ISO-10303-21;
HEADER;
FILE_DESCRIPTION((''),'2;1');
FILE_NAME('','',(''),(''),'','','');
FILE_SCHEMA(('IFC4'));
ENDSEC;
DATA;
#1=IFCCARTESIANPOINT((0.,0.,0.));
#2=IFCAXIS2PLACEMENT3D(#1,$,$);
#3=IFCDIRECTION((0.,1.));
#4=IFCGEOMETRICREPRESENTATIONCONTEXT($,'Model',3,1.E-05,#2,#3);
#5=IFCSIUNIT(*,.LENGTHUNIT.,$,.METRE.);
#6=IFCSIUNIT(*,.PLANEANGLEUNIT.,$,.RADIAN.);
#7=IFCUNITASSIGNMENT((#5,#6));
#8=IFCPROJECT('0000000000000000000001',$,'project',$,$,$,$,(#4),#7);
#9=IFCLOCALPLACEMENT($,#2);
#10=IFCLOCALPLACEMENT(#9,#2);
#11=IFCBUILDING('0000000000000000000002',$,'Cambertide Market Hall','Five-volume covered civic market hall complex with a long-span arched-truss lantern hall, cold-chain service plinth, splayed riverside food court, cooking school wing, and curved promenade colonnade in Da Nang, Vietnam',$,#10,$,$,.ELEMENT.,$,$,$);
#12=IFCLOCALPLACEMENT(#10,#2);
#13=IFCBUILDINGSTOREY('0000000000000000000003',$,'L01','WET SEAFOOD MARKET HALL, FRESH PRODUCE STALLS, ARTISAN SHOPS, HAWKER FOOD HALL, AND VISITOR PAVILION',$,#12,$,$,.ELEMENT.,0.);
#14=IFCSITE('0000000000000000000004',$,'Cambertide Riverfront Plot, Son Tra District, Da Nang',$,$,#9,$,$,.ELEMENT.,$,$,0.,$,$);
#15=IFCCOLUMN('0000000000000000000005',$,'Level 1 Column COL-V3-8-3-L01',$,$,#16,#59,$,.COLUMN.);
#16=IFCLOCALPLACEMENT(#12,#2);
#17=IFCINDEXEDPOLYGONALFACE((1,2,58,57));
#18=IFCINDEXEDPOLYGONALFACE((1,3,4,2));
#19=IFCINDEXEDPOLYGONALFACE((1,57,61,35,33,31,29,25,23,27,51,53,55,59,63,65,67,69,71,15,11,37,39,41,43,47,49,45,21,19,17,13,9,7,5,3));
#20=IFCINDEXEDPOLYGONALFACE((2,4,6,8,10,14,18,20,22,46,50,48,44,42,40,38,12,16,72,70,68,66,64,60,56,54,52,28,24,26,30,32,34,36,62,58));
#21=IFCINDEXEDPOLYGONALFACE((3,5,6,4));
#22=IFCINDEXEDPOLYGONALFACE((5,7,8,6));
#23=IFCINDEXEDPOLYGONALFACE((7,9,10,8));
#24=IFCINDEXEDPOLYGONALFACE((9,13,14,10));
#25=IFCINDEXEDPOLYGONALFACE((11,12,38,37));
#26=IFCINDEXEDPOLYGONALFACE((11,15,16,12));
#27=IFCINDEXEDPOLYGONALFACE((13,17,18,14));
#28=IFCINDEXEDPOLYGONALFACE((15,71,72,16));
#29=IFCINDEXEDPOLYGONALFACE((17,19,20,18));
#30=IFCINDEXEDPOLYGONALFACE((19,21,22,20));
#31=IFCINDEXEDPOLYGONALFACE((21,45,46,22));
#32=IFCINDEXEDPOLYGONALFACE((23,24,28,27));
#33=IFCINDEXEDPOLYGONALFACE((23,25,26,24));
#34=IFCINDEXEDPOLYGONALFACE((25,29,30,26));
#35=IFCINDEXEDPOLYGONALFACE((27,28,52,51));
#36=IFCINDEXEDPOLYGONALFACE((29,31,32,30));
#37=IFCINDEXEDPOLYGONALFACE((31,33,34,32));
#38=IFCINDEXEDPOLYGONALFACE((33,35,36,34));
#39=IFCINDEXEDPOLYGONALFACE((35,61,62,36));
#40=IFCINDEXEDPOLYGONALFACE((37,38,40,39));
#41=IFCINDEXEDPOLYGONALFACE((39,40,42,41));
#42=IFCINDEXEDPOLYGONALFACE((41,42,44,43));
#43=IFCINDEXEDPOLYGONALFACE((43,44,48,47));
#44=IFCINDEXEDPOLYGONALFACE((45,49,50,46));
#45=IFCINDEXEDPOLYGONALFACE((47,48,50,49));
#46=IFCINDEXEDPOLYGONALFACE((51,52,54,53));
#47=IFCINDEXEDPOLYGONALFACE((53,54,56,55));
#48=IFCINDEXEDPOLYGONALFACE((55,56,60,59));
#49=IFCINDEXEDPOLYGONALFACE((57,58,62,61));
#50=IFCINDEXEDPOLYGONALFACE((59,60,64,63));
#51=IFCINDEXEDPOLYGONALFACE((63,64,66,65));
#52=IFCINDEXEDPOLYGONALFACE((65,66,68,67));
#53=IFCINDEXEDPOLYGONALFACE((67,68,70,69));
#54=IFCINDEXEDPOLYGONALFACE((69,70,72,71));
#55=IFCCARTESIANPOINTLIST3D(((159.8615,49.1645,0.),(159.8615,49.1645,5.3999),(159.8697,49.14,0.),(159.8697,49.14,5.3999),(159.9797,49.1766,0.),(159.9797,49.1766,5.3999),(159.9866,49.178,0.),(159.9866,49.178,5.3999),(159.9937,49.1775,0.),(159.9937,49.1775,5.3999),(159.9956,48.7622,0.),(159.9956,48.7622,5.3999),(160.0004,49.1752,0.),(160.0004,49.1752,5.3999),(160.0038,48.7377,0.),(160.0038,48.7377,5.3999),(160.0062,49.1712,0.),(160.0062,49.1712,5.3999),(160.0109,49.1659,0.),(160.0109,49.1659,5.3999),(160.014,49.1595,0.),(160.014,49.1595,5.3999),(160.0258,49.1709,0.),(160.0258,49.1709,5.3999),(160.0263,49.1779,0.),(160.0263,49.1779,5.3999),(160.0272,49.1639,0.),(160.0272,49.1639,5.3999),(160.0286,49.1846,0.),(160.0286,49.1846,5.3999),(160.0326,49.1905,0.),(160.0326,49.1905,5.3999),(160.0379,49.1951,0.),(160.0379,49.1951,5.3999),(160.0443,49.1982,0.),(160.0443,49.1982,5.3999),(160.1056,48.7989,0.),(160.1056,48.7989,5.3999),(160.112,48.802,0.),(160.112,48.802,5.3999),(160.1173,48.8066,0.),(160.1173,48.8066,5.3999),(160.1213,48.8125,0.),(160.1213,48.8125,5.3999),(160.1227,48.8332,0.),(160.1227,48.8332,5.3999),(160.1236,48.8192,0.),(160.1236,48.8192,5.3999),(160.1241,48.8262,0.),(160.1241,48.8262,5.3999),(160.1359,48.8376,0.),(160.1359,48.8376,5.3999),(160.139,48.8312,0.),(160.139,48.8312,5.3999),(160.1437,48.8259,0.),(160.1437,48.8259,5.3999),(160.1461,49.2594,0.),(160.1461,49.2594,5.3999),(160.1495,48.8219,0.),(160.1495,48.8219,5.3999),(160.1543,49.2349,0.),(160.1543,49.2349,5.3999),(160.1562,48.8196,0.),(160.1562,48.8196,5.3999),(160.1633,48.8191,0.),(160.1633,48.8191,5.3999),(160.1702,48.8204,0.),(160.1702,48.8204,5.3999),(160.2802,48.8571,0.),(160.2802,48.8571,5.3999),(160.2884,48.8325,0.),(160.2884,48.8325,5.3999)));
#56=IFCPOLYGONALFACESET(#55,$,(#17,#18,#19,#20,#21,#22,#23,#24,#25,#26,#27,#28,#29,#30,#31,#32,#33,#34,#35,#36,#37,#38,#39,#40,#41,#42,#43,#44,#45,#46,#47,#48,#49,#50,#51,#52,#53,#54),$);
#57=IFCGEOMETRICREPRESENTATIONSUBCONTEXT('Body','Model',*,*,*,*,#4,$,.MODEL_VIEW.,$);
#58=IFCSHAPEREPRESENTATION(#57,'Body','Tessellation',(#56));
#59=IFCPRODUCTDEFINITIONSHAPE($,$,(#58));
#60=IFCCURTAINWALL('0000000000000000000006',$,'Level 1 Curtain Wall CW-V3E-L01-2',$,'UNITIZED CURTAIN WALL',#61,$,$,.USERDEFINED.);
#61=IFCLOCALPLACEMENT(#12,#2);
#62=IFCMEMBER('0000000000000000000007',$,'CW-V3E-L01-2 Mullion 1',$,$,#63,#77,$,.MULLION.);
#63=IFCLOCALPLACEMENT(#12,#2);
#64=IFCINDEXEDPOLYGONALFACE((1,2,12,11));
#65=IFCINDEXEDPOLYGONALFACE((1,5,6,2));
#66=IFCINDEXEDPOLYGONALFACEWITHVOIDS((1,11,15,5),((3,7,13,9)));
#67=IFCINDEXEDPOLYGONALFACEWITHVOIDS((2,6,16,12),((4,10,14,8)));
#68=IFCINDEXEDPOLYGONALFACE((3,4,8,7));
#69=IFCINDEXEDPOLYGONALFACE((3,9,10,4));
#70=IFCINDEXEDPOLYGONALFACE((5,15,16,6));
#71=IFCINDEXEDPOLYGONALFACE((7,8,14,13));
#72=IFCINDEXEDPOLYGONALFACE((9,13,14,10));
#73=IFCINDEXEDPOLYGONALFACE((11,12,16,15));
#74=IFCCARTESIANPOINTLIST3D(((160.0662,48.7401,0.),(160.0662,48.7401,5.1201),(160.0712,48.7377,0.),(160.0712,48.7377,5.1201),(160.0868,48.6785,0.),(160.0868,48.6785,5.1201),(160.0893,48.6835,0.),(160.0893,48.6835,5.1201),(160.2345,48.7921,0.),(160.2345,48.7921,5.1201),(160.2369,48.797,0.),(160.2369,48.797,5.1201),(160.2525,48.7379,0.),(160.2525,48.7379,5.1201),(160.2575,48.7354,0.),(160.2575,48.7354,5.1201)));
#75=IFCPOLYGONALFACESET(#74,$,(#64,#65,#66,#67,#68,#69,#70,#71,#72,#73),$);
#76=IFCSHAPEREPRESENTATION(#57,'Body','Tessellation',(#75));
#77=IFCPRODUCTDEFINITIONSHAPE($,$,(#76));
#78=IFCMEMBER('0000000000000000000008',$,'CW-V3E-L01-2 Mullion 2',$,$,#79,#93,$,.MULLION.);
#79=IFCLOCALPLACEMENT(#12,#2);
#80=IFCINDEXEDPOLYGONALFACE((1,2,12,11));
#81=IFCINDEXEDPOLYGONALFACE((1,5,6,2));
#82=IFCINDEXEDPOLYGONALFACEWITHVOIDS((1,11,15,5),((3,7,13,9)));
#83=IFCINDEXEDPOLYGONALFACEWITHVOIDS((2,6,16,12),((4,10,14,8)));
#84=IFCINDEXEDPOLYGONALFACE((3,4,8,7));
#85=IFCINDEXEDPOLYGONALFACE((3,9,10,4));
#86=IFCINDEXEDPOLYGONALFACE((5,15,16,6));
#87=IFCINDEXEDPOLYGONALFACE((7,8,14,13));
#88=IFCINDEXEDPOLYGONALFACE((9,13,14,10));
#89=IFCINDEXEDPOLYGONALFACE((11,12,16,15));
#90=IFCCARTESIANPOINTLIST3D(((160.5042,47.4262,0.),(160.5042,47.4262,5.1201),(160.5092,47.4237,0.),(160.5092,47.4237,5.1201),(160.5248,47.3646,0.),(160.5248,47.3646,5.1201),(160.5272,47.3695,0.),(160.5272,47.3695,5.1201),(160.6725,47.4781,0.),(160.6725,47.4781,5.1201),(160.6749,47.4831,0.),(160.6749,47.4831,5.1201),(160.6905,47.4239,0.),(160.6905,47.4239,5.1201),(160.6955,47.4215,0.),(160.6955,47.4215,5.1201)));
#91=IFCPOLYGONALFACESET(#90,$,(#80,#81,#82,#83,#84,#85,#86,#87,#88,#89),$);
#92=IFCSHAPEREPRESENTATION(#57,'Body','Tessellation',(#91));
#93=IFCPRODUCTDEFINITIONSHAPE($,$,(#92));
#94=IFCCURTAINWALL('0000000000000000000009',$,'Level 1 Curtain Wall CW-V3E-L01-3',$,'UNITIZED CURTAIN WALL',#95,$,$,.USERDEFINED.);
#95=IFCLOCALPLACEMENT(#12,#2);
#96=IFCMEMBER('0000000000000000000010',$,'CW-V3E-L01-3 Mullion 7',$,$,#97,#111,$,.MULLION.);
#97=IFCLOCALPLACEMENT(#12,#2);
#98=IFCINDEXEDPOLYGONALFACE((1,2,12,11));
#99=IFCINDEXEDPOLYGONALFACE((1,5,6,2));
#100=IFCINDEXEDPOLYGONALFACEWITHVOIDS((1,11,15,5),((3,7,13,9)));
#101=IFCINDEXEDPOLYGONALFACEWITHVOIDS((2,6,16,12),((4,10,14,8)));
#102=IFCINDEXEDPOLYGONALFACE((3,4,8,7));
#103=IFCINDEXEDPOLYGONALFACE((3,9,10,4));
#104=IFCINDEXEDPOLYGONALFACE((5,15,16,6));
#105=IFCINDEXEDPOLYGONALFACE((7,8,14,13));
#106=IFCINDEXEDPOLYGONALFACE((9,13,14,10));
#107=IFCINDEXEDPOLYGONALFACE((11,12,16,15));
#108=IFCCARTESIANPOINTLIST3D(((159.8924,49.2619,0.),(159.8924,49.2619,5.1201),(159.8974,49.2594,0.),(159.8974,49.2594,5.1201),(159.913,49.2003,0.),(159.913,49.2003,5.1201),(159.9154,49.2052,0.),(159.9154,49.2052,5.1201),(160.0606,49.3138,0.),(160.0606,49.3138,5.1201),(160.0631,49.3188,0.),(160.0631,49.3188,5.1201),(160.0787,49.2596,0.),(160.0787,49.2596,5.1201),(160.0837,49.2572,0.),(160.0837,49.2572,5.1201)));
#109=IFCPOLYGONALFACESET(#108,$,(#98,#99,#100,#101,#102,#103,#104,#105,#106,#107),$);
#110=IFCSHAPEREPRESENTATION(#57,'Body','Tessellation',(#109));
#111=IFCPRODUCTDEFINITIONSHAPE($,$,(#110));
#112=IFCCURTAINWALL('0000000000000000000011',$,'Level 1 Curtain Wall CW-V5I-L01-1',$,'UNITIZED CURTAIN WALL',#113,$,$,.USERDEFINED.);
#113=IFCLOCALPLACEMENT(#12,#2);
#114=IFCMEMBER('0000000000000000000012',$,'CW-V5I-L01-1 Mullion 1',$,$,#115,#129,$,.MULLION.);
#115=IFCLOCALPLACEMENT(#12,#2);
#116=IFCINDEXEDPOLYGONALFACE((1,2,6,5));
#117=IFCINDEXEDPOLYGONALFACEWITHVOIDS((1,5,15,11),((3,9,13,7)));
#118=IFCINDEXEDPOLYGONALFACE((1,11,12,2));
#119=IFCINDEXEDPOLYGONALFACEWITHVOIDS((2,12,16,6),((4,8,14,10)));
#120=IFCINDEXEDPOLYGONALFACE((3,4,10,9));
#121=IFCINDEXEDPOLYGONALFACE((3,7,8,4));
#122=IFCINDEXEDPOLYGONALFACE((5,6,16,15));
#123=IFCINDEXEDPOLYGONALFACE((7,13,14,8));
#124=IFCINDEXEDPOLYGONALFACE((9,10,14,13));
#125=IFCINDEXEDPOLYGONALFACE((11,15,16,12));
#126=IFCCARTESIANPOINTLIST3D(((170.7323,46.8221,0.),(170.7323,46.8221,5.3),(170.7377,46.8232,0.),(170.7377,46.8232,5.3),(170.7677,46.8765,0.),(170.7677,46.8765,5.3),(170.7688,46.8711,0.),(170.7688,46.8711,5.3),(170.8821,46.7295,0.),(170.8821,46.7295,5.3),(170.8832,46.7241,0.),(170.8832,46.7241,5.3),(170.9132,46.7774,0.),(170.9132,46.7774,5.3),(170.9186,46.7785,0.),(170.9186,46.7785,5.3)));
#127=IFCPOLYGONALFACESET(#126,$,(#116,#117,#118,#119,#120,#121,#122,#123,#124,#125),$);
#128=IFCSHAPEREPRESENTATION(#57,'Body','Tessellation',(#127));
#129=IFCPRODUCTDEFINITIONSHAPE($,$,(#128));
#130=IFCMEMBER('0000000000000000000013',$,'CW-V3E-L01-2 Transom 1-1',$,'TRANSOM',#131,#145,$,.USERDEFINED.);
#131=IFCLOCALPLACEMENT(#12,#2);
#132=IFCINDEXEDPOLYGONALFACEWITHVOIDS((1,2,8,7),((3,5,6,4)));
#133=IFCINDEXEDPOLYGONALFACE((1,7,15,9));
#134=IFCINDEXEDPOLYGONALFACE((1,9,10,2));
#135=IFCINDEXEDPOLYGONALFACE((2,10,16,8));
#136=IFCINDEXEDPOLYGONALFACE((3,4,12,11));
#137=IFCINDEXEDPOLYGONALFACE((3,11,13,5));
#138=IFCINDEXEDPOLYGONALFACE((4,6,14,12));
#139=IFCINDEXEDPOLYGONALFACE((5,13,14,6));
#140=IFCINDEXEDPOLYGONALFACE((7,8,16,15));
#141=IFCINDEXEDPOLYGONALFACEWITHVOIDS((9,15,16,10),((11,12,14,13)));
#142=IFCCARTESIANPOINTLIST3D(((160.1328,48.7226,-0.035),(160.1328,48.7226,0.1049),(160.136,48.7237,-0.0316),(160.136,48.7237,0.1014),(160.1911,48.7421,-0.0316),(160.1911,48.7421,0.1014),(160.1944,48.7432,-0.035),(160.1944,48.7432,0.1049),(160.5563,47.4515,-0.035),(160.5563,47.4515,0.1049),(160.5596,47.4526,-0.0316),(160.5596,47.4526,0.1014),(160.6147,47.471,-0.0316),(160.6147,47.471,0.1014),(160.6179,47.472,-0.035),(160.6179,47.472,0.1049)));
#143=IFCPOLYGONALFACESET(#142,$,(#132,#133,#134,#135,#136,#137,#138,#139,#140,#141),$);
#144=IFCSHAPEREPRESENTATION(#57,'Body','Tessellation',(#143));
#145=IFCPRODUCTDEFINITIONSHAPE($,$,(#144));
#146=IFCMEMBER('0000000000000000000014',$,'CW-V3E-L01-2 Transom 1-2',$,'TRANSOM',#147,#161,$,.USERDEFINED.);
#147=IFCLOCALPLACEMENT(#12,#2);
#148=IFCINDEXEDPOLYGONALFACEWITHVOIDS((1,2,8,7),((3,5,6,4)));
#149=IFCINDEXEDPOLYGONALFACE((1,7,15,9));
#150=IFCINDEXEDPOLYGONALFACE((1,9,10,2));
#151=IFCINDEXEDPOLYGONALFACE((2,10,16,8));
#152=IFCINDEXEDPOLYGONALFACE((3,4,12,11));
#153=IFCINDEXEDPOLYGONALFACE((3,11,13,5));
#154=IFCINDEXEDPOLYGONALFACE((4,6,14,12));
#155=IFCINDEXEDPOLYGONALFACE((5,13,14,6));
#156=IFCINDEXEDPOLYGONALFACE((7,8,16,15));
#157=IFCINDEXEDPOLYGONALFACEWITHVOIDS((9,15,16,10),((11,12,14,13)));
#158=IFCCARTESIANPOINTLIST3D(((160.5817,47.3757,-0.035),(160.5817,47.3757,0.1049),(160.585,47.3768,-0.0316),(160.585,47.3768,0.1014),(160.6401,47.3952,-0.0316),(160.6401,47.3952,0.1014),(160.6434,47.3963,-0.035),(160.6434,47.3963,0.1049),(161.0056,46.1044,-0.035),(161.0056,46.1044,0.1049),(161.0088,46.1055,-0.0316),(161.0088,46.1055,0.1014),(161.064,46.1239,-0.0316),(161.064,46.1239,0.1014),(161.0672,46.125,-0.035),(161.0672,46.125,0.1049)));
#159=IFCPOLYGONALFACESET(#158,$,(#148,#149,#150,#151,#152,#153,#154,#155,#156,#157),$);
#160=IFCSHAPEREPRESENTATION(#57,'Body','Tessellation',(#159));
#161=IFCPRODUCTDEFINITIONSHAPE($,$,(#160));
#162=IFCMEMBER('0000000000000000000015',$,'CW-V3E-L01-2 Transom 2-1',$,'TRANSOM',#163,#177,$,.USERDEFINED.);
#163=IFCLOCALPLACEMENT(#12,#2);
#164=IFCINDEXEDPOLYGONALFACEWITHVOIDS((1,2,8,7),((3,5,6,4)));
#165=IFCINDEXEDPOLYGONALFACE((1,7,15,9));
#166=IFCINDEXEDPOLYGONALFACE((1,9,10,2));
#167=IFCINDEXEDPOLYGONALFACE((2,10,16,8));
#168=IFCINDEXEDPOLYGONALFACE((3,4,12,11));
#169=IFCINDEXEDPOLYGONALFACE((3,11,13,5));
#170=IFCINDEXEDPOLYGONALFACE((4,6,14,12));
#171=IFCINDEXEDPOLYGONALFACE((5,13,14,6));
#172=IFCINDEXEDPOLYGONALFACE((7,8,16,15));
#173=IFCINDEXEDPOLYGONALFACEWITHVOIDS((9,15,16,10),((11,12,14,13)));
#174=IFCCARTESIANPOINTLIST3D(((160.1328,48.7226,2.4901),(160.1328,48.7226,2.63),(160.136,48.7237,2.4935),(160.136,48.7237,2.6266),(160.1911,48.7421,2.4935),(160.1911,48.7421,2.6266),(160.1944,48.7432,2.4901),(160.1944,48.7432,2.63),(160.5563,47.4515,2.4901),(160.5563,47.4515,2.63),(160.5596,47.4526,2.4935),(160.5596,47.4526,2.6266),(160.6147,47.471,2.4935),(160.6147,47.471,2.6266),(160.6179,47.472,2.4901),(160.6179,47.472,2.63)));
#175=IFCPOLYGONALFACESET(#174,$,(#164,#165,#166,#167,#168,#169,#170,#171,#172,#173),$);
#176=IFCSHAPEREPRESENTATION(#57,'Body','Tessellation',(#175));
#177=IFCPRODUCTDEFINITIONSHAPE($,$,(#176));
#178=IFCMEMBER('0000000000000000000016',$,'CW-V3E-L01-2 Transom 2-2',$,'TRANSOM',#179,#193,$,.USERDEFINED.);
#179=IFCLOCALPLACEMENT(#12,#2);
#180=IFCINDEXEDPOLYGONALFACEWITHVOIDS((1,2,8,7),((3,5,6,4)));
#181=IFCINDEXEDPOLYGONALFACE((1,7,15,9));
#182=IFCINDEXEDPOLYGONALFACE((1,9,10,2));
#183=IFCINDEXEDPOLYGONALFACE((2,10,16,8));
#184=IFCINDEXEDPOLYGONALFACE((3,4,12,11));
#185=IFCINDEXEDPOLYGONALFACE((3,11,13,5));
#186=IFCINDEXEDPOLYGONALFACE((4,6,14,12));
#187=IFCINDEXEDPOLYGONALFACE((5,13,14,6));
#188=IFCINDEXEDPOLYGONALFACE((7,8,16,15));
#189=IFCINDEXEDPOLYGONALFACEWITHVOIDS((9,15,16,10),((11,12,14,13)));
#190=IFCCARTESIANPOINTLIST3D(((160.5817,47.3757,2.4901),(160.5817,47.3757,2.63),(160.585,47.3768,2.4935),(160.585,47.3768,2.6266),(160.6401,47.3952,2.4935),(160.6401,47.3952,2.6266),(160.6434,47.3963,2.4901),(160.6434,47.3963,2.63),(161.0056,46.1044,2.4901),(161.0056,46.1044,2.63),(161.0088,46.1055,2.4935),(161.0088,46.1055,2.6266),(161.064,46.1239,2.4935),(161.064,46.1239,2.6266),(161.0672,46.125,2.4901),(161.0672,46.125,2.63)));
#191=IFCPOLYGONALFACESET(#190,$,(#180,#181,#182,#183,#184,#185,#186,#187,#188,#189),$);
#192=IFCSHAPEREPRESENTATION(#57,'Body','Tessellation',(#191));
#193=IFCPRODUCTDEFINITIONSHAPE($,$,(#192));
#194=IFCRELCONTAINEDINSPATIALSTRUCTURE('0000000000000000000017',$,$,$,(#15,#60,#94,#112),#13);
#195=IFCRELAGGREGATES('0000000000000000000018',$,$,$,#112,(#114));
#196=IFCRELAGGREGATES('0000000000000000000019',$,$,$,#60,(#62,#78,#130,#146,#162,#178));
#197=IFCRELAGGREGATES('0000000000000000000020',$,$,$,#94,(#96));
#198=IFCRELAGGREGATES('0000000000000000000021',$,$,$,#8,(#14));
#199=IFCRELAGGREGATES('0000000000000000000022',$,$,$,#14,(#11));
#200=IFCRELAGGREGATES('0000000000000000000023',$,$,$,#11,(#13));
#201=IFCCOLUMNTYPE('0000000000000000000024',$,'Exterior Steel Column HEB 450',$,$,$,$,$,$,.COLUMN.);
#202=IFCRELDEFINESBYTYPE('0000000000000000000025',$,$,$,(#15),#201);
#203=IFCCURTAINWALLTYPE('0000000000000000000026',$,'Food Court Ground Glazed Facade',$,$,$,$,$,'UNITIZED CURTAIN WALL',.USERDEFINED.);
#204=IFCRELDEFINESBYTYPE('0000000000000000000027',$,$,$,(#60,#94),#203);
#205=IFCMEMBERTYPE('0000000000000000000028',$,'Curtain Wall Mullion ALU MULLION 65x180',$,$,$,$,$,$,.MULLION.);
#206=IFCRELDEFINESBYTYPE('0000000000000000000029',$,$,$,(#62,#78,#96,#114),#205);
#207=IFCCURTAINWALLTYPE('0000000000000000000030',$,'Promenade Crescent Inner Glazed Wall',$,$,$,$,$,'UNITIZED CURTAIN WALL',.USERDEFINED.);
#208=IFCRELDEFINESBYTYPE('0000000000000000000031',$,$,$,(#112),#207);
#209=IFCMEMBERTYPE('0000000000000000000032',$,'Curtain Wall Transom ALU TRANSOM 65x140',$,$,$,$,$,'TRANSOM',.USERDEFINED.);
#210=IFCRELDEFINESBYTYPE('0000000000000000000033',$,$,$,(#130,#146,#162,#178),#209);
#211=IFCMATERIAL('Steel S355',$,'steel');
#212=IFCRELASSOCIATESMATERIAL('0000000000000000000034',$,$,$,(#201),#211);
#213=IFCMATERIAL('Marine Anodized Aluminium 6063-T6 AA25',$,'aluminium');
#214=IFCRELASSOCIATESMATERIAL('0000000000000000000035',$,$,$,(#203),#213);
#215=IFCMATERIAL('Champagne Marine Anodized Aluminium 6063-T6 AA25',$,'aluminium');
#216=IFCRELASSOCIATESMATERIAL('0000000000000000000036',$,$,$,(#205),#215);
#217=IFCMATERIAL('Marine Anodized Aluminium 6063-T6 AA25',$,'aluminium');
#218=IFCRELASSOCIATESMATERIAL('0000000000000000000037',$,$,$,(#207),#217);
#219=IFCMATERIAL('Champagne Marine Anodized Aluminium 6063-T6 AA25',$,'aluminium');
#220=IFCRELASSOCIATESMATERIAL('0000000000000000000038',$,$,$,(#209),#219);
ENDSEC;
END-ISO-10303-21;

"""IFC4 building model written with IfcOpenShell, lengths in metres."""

from ifc_helpers import new_model, si_unit, direction, frame, origin, origin_2d, place, context, subcontext, project, spatial, hollow_rectangle, i_section, extrude, material, material_profile, profile_set, type_object, element, aggregate, save


model = new_model("IFC4")

# Units and contexts
model_context = context("Model", 3, precision=1e-05, world=origin(), true_north=direction((0.0, 1.0)))
body_context = subcontext(model_context, "Body", "Model", "MODEL_VIEW")
ifc_project = project(units=[si_unit("LENGTHUNIT", "METRE"), si_unit("PLANEANGLEUNIT", "RADIAN")], contexts=[model_context])

# Site, building, storey
site_placement = place(None, origin())
site = spatial("IfcSite", under=ifc_project, at=site_placement, Name="Cambertide Riverfront Plot, Son Tra District, Da Nang", CompositionType="ELEMENT", RefElevation=0.0)
building_placement = place(site_placement, origin())
building = spatial("IfcBuilding", under=site, at=building_placement, Name="Cambertide Market Hall", Description="Five-volume covered civic market hall complex with a long-span arched-truss lantern hall, cold-chain service plinth, splayed riverside food court, cooking school wing, and curved promenade colonnade in Da Nang, Vietnam", CompositionType="ELEMENT")
storey_placement = place(building_placement, origin())
storey = spatial("IfcBuildingStorey", under=building, at=storey_placement, Name="L01", Description="WET SEAFOOD MARKET HALL, FRESH PRODUCE STALLS, ARTISAN SHOPS, HAWKER FOOD HALL, AND VISITOR PAVILION", CompositionType="ELEMENT", Elevation=0.0)

# Column
ifc_material_1 = material(Name="Steel S355", Category="steel")
ifc_material_profile_1 = material_profile(ifc_material_1, i_section(OverallWidth=0.3, OverallDepth=0.45, WebThickness=0.0139, FlangeThickness=0.0259, FilletRadius=0.0271, at=origin_2d()), Name="HEB 450")
ifc_profile_set_1 = profile_set([ifc_material_profile_1], Name="Steel S355")
column_type = type_object("IfcColumnType", Name="Exterior Steel Column HEB 450", PredefinedType="COLUMN", material=ifc_profile_set_1)
column_placement = place(storey_placement, frame((160.075, 48.9985, 0.0), z_axis=(0.0, 0.0, 1.0), x_axis=(0.948683, 0.316228, 0.0)))
element("IfcColumn", 1, at=column_placement, inside=storey, type_object=column_type, Name="Level 1 Column COL-V3-8-3-L01", PredefinedType="COLUMN", context=body_context, shape_type="SweptSolid", body=[
    extrude(i_section(OverallWidth=0.3, OverallDepth=0.45, WebThickness=0.0139, FlangeThickness=0.0259, FilletRadius=0.0271, at=origin_2d()), origin(), (0.0, 0.0, 1.0), 5.3999),
])

# Curtain wall, members
ifc_material_2 = material(Name="Marine Anodized Aluminium 6063-T6 AA25", Category="aluminium")
curtain_wall_type_1 = type_object("IfcCurtainWallType", Name="Food Court Ground Glazed Facade", ElementType="UNITIZED CURTAIN WALL", PredefinedType="USERDEFINED", material=ifc_material_2)
curtain_wall_1_placement = place(storey_placement, origin())
curtain_wall_1 = element("IfcCurtainWall", 2, at=curtain_wall_1_placement, inside=storey, type_object=curtain_wall_type_1, Name="Level 1 Curtain Wall CW-V3E-L01-2", ObjectType="UNITIZED CURTAIN WALL", PredefinedType="USERDEFINED")
ifc_material_3 = material(Name="Champagne Marine Anodized Aluminium 6063-T6 AA25", Category="aluminium")
ifc_material_profile_2 = material_profile(ifc_material_3, hollow_rectangle(XDim=0.0649, YDim=0.1799, WallThickness=0.0039, at=origin_2d()), Name="ALU MULLION 65x180")
ifc_profile_set_2 = profile_set([ifc_material_profile_2], Name="Champagne Marine Anodized Aluminium 6063-T6 AA25")
member_type_1 = type_object("IfcMemberType", Name="Curtain Wall Mullion ALU MULLION 65x180", PredefinedType="MULLION", material=ifc_profile_set_2)
member_1_placement = place(storey_placement, frame((160.1619, 48.7378, 0.0), z_axis=(0.0, 0.0, 1.0), x_axis=(0.316228, -0.948683, 0.0)))
member_1 = element("IfcMember", 3, at=member_1_placement, type_object=member_type_1, Name="CW-V3E-L01-2 Mullion 1", PredefinedType="MULLION", context=body_context, shape_type="SweptSolid", body=[
    extrude(hollow_rectangle(XDim=0.0649, YDim=0.1799, WallThickness=0.0039, at=origin_2d()), origin(), (0.0, 0.0, 1.0), 5.1201),
])
member_2_placement = place(storey_placement, frame((160.5999, 47.4238, 0.0), z_axis=(0.0, 0.0, 1.0), x_axis=(0.316228, -0.948683, 0.0)))
member_2 = element("IfcMember", 4, at=member_2_placement, type_object=member_type_1, Name="CW-V3E-L01-2 Mullion 2", PredefinedType="MULLION", context=body_context, shape_type="SweptSolid", body=[
    extrude(hollow_rectangle(XDim=0.0649, YDim=0.1799, WallThickness=0.0039, at=origin_2d()), origin(), (0.0, 0.0, 1.0), 5.1201),
])

# Curtain walls, members
curtain_wall_2_placement = place(storey_placement, origin())
curtain_wall_2 = element("IfcCurtainWall", 5, at=curtain_wall_2_placement, inside=storey, type_object=curtain_wall_type_1, Name="Level 1 Curtain Wall CW-V3E-L01-3", ObjectType="UNITIZED CURTAIN WALL", PredefinedType="USERDEFINED")
member_3_placement = place(storey_placement, frame((159.988, 49.2595, 0.0), z_axis=(0.0, 0.0, 1.0), x_axis=(0.316228, -0.948683, 0.0)))
member_3 = element("IfcMember", 6, at=member_3_placement, type_object=member_type_1, Name="CW-V3E-L01-3 Mullion 7", PredefinedType="MULLION", context=body_context, shape_type="SweptSolid", body=[
    extrude(hollow_rectangle(XDim=0.0649, YDim=0.1799, WallThickness=0.0039, at=origin_2d()), origin(), (0.0, 0.0, 1.0), 5.1201),
])
ifc_material_4 = material(Name="Marine Anodized Aluminium 6063-T6 AA25", Category="aluminium")
curtain_wall_type_2 = type_object("IfcCurtainWallType", Name="Promenade Crescent Inner Glazed Wall", ElementType="UNITIZED CURTAIN WALL", PredefinedType="USERDEFINED", material=ifc_material_4)
curtain_wall_3_placement = place(storey_placement, origin())
curtain_wall_3 = element("IfcCurtainWall", 7, at=curtain_wall_3_placement, inside=storey, type_object=curtain_wall_type_2, Name="Level 1 Curtain Wall CW-V5I-L01-1", ObjectType="UNITIZED CURTAIN WALL", PredefinedType="USERDEFINED")
member_4_placement = place(storey_placement, frame((170.8254, 46.8003, 0.0), z_axis=(0.0, 0.0, 1.0), x_axis=(0.544639, 0.838671, 0.0)))
member_4 = element("IfcMember", 8, at=member_4_placement, type_object=member_type_1, Name="CW-V5I-L01-1 Mullion 1", PredefinedType="MULLION", context=body_context, shape_type="SweptSolid", body=[
    extrude(hollow_rectangle(XDim=0.0649, YDim=0.1799, WallThickness=0.0039, at=origin_2d()), origin(), (0.0, 0.0, 1.0), 5.3),
])

# Members
ifc_material_5 = material(Name="Champagne Marine Anodized Aluminium 6063-T6 AA25", Category="aluminium")
ifc_material_profile_3 = material_profile(ifc_material_5, hollow_rectangle(XDim=0.0649, YDim=0.1399, WallThickness=0.0034, at=origin_2d()), Name="ALU TRANSOM 65x140")
ifc_profile_set_3 = profile_set([ifc_material_profile_3], Name="Champagne Marine Anodized Aluminium 6063-T6 AA25")
member_type_2 = type_object("IfcMemberType", Name="Curtain Wall Transom ALU TRANSOM 65x140", ElementType="TRANSOM", PredefinedType="USERDEFINED", material=ifc_profile_set_3)
member_5_placement = place(storey_placement, frame((160.1636, 48.7329, 0.0349), z_axis=(0.316118, -0.94872, 0.0), x_axis=(0.94872, 0.316118, 0.0)))
member_5 = element("IfcMember", 9, at=member_5_placement, type_object=member_type_2, Name="CW-V3E-L01-2 Transom 1-1", ObjectType="TRANSOM", PredefinedType="USERDEFINED", context=body_context, shape_type="SweptSolid", body=[
    extrude(hollow_rectangle(XDim=0.0649, YDim=0.1399, WallThickness=0.0034, at=origin_2d()), origin(), (0.0, 0.0, 1.0), 1.3398),
])
member_6_placement = place(storey_placement, frame((160.6125, 47.386, 0.0349), z_axis=(0.316282, -0.948665, 0.0), x_axis=(0.948665, 0.316282, 0.0)))
member_6 = element("IfcMember", 10, at=member_6_placement, type_object=member_type_2, Name="CW-V3E-L01-2 Transom 1-2", ObjectType="TRANSOM", PredefinedType="USERDEFINED", context=body_context, shape_type="SweptSolid", body=[
    extrude(hollow_rectangle(XDim=0.0649, YDim=0.1399, WallThickness=0.0034, at=origin_2d()), origin(), (0.0, 0.0, 1.0), 1.3401),
])
member_7_placement = place(storey_placement, frame((160.1636, 48.7329, 2.5601), z_axis=(0.316118, -0.94872, 0.0), x_axis=(0.94872, 0.316118, 0.0)))
member_7 = element("IfcMember", 11, at=member_7_placement, type_object=member_type_2, Name="CW-V3E-L01-2 Transom 2-1", ObjectType="TRANSOM", PredefinedType="USERDEFINED", context=body_context, shape_type="SweptSolid", body=[
    extrude(hollow_rectangle(XDim=0.0649, YDim=0.1399, WallThickness=0.0034, at=origin_2d()), origin(), (0.0, 0.0, 1.0), 1.3398),
])
member_8_placement = place(storey_placement, frame((160.6125, 47.386, 2.5601), z_axis=(0.316282, -0.948665, 0.0), x_axis=(0.948665, 0.316282, 0.0)))
member_8 = element("IfcMember", 12, at=member_8_placement, type_object=member_type_2, Name="CW-V3E-L01-2 Transom 2-2", ObjectType="TRANSOM", PredefinedType="USERDEFINED", context=body_context, shape_type="SweptSolid", body=[
    extrude(hollow_rectangle(XDim=0.0649, YDim=0.1399, WallThickness=0.0034, at=origin_2d()), origin(), (0.0, 0.0, 1.0), 1.3401),
])
aggregate(curtain_wall_3, [member_4])

aggregate(curtain_wall_1, [member_1, member_2, member_5, member_6, member_7, member_8])
aggregate(curtain_wall_2, [member_3])

save(model, "model.ifc")
